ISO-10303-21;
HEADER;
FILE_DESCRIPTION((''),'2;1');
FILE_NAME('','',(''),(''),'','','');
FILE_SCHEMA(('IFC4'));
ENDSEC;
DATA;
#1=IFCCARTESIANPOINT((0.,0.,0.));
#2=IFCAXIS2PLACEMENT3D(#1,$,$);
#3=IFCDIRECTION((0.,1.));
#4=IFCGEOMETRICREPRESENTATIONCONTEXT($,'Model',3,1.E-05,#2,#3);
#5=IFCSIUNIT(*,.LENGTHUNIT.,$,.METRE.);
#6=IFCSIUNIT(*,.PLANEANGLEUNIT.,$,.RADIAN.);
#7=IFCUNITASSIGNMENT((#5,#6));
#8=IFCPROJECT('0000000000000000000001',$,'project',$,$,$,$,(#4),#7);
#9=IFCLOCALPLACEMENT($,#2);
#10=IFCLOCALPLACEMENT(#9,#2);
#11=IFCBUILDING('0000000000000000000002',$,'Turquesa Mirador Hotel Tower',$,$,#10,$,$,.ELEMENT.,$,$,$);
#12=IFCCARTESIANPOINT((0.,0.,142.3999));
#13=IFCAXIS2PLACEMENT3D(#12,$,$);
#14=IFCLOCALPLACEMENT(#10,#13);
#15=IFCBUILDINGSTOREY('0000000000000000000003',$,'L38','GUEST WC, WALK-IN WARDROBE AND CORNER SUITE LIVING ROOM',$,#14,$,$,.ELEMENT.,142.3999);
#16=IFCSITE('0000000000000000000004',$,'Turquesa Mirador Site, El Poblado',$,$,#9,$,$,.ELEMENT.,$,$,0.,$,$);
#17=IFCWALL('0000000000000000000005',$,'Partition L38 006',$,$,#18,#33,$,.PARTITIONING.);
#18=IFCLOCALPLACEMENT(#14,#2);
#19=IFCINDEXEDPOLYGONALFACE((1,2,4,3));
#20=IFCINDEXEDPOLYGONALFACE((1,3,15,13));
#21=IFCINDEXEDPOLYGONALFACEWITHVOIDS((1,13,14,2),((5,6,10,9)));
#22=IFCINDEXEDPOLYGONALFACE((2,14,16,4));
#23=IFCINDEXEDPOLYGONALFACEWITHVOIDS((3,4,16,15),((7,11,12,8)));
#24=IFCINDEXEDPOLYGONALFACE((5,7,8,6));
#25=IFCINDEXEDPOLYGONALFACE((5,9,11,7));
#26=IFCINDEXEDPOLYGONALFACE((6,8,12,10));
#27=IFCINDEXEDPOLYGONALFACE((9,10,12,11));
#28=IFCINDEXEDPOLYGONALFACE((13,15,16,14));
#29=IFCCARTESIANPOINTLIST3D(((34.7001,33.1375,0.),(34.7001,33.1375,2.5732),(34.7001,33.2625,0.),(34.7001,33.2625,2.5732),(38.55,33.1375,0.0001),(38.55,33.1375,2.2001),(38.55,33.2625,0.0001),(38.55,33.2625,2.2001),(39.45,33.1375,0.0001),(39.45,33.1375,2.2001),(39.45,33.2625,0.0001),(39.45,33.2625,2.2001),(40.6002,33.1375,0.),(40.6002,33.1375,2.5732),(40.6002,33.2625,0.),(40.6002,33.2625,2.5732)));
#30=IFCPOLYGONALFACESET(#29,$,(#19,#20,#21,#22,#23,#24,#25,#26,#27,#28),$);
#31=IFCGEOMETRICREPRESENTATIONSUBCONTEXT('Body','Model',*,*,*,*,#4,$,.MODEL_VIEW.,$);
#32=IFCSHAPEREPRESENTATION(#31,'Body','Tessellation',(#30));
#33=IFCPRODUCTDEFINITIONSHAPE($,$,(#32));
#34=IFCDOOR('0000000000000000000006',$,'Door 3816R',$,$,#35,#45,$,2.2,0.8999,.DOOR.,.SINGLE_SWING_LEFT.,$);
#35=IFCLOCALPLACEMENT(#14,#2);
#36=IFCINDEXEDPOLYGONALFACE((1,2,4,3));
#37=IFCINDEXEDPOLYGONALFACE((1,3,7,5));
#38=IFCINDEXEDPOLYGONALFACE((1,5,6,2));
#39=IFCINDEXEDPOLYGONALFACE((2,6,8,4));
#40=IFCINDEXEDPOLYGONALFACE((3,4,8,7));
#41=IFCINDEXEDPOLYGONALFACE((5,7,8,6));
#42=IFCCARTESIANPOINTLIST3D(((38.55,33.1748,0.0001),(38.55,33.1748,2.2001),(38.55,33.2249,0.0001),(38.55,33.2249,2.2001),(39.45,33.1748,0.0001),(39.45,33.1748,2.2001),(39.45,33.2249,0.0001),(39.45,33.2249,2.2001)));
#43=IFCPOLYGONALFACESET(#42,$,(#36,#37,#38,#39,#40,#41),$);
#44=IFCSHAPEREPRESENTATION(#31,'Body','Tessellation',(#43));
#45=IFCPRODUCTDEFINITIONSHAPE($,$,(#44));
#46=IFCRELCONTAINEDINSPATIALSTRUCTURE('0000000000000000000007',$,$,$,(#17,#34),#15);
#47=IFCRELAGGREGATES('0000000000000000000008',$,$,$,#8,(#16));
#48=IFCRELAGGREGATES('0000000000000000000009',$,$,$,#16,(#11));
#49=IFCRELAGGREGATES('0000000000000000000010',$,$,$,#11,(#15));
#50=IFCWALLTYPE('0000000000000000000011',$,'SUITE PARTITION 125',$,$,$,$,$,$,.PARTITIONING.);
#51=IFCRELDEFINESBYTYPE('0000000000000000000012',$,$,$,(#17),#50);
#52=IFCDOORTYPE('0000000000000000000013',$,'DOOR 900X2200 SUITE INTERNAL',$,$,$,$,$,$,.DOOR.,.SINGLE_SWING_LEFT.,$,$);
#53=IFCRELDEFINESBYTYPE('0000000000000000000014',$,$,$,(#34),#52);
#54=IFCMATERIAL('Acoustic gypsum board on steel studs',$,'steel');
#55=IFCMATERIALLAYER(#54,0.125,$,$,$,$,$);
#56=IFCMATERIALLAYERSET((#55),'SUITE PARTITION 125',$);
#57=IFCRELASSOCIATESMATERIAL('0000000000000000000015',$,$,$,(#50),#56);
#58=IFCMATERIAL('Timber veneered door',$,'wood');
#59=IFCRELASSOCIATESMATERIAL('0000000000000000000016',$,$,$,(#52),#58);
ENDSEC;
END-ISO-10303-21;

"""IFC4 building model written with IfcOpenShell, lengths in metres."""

from ifc_helpers import new_model, si_unit, direction, frame, frame_2d, origin, place, context, subcontext, project, spatial, rectangle, extrude, material, layer, layer_set, type_object, element, fill, save


model = new_model("IFC4")

# Units and contexts
model_context = context("Model", 3, precision=1e-05, world=origin(), true_north=direction((0.0, 1.0)))
body_context = subcontext(model_context, "Body", "Model", "MODEL_VIEW")
ifc_project = project(units=[si_unit("LENGTHUNIT", "METRE"), si_unit("PLANEANGLEUNIT", "RADIAN")], contexts=[model_context])

# Site, building, storey
site_placement = place(None, origin())
site = spatial("IfcSite", under=ifc_project, at=site_placement, Name="Turquesa Mirador Site, El Poblado", CompositionType="ELEMENT", RefElevation=0.0)
building_placement = place(site_placement, origin())
building = spatial("IfcBuilding", under=site, at=building_placement, Name="Turquesa Mirador Hotel Tower", CompositionType="ELEMENT")
storey_placement = place(building_placement, frame((0.0, 0.0, 142.3999)))
storey = spatial("IfcBuildingStorey", under=building, at=storey_placement, Name="L38", Description="GUEST WC, WALK-IN WARDROBE AND CORNER SUITE LIVING ROOM", CompositionType="ELEMENT", Elevation=142.3999)

# Wall, opening, door
ifc_material_1 = material(Name="Acoustic gypsum board on steel studs", Category="steel")
ifc_layer_1 = layer(ifc_material_1, 0.125)
ifc_layer_set_1 = layer_set([ifc_layer_1], Name="SUITE PARTITION 125")
wall_type_1 = type_object("IfcWallType", Name="SUITE PARTITION 125", PredefinedType="PARTITIONING", material=ifc_layer_set_1)
wall_1_placement = place(storey_placement, frame((34.7, 33.2, 0.0), z_axis=(0.0, 0.0, 1.0), x_axis=(1.0, 0.0, 0.0)))
wall_1 = element("IfcWall", 1, at=wall_1_placement, inside=storey, type_object=wall_type_1, Name="Partition L38 006", PredefinedType="PARTITIONING", context=body_context, shape_type="SweptSolid", body=[
    extrude(rectangle(XDim=5.9001, YDim=0.125, at=frame_2d((2.9502, 0.0))), origin(), (0.0, 0.0, 1.0), 2.5732),
])
opening_1_placement = place(wall_1_placement, frame((3.8501, 0.0, 0.0)))
opening_1 = element("IfcOpeningElement", 2, at=opening_1_placement, cuts=wall_1, PredefinedType="OPENING", context=body_context, shape_type="SweptSolid", body=[
    extrude(rectangle(XDim=0.8999, YDim=2.2, at=frame_2d((0.45, 1.1001))), frame((0.0, 0.0725, 0.0), z_axis=(0.0, -1.0, 0.0), x_axis=(1.0, 0.0, 0.0)), (0.0, 0.0, 1.0), 0.145),
])
ifc_material_2 = material(Name="Timber veneered door", Category="wood")
door_type_1 = type_object("IfcDoorType", Name="DOOR 900X2200 SUITE INTERNAL", OperationType="SINGLE_SWING_LEFT", PredefinedType="DOOR", material=ifc_material_2)
door_1_placement = place(opening_1_placement, origin())
door_1 = element("IfcDoor", 3, at=door_1_placement, inside=storey, type_object=door_type_1, Name="Door 3816R", OperationType="SINGLE_SWING_LEFT", OverallHeight=2.2, OverallWidth=0.8999, PredefinedType="DOOR", context=body_context, shape_type="SweptSolid", body=[
    extrude(rectangle(XDim=0.8999, YDim=2.2, at=frame_2d((0.45, 1.1001))), frame((0.0, 0.0249, 0.0), z_axis=(0.0, -1.0, 0.0), x_axis=(1.0, 0.0, 0.0)), (0.0, 0.0, 1.0), 0.05),
])
fill(opening_1, door_1)

save(model, "model.ifc")
